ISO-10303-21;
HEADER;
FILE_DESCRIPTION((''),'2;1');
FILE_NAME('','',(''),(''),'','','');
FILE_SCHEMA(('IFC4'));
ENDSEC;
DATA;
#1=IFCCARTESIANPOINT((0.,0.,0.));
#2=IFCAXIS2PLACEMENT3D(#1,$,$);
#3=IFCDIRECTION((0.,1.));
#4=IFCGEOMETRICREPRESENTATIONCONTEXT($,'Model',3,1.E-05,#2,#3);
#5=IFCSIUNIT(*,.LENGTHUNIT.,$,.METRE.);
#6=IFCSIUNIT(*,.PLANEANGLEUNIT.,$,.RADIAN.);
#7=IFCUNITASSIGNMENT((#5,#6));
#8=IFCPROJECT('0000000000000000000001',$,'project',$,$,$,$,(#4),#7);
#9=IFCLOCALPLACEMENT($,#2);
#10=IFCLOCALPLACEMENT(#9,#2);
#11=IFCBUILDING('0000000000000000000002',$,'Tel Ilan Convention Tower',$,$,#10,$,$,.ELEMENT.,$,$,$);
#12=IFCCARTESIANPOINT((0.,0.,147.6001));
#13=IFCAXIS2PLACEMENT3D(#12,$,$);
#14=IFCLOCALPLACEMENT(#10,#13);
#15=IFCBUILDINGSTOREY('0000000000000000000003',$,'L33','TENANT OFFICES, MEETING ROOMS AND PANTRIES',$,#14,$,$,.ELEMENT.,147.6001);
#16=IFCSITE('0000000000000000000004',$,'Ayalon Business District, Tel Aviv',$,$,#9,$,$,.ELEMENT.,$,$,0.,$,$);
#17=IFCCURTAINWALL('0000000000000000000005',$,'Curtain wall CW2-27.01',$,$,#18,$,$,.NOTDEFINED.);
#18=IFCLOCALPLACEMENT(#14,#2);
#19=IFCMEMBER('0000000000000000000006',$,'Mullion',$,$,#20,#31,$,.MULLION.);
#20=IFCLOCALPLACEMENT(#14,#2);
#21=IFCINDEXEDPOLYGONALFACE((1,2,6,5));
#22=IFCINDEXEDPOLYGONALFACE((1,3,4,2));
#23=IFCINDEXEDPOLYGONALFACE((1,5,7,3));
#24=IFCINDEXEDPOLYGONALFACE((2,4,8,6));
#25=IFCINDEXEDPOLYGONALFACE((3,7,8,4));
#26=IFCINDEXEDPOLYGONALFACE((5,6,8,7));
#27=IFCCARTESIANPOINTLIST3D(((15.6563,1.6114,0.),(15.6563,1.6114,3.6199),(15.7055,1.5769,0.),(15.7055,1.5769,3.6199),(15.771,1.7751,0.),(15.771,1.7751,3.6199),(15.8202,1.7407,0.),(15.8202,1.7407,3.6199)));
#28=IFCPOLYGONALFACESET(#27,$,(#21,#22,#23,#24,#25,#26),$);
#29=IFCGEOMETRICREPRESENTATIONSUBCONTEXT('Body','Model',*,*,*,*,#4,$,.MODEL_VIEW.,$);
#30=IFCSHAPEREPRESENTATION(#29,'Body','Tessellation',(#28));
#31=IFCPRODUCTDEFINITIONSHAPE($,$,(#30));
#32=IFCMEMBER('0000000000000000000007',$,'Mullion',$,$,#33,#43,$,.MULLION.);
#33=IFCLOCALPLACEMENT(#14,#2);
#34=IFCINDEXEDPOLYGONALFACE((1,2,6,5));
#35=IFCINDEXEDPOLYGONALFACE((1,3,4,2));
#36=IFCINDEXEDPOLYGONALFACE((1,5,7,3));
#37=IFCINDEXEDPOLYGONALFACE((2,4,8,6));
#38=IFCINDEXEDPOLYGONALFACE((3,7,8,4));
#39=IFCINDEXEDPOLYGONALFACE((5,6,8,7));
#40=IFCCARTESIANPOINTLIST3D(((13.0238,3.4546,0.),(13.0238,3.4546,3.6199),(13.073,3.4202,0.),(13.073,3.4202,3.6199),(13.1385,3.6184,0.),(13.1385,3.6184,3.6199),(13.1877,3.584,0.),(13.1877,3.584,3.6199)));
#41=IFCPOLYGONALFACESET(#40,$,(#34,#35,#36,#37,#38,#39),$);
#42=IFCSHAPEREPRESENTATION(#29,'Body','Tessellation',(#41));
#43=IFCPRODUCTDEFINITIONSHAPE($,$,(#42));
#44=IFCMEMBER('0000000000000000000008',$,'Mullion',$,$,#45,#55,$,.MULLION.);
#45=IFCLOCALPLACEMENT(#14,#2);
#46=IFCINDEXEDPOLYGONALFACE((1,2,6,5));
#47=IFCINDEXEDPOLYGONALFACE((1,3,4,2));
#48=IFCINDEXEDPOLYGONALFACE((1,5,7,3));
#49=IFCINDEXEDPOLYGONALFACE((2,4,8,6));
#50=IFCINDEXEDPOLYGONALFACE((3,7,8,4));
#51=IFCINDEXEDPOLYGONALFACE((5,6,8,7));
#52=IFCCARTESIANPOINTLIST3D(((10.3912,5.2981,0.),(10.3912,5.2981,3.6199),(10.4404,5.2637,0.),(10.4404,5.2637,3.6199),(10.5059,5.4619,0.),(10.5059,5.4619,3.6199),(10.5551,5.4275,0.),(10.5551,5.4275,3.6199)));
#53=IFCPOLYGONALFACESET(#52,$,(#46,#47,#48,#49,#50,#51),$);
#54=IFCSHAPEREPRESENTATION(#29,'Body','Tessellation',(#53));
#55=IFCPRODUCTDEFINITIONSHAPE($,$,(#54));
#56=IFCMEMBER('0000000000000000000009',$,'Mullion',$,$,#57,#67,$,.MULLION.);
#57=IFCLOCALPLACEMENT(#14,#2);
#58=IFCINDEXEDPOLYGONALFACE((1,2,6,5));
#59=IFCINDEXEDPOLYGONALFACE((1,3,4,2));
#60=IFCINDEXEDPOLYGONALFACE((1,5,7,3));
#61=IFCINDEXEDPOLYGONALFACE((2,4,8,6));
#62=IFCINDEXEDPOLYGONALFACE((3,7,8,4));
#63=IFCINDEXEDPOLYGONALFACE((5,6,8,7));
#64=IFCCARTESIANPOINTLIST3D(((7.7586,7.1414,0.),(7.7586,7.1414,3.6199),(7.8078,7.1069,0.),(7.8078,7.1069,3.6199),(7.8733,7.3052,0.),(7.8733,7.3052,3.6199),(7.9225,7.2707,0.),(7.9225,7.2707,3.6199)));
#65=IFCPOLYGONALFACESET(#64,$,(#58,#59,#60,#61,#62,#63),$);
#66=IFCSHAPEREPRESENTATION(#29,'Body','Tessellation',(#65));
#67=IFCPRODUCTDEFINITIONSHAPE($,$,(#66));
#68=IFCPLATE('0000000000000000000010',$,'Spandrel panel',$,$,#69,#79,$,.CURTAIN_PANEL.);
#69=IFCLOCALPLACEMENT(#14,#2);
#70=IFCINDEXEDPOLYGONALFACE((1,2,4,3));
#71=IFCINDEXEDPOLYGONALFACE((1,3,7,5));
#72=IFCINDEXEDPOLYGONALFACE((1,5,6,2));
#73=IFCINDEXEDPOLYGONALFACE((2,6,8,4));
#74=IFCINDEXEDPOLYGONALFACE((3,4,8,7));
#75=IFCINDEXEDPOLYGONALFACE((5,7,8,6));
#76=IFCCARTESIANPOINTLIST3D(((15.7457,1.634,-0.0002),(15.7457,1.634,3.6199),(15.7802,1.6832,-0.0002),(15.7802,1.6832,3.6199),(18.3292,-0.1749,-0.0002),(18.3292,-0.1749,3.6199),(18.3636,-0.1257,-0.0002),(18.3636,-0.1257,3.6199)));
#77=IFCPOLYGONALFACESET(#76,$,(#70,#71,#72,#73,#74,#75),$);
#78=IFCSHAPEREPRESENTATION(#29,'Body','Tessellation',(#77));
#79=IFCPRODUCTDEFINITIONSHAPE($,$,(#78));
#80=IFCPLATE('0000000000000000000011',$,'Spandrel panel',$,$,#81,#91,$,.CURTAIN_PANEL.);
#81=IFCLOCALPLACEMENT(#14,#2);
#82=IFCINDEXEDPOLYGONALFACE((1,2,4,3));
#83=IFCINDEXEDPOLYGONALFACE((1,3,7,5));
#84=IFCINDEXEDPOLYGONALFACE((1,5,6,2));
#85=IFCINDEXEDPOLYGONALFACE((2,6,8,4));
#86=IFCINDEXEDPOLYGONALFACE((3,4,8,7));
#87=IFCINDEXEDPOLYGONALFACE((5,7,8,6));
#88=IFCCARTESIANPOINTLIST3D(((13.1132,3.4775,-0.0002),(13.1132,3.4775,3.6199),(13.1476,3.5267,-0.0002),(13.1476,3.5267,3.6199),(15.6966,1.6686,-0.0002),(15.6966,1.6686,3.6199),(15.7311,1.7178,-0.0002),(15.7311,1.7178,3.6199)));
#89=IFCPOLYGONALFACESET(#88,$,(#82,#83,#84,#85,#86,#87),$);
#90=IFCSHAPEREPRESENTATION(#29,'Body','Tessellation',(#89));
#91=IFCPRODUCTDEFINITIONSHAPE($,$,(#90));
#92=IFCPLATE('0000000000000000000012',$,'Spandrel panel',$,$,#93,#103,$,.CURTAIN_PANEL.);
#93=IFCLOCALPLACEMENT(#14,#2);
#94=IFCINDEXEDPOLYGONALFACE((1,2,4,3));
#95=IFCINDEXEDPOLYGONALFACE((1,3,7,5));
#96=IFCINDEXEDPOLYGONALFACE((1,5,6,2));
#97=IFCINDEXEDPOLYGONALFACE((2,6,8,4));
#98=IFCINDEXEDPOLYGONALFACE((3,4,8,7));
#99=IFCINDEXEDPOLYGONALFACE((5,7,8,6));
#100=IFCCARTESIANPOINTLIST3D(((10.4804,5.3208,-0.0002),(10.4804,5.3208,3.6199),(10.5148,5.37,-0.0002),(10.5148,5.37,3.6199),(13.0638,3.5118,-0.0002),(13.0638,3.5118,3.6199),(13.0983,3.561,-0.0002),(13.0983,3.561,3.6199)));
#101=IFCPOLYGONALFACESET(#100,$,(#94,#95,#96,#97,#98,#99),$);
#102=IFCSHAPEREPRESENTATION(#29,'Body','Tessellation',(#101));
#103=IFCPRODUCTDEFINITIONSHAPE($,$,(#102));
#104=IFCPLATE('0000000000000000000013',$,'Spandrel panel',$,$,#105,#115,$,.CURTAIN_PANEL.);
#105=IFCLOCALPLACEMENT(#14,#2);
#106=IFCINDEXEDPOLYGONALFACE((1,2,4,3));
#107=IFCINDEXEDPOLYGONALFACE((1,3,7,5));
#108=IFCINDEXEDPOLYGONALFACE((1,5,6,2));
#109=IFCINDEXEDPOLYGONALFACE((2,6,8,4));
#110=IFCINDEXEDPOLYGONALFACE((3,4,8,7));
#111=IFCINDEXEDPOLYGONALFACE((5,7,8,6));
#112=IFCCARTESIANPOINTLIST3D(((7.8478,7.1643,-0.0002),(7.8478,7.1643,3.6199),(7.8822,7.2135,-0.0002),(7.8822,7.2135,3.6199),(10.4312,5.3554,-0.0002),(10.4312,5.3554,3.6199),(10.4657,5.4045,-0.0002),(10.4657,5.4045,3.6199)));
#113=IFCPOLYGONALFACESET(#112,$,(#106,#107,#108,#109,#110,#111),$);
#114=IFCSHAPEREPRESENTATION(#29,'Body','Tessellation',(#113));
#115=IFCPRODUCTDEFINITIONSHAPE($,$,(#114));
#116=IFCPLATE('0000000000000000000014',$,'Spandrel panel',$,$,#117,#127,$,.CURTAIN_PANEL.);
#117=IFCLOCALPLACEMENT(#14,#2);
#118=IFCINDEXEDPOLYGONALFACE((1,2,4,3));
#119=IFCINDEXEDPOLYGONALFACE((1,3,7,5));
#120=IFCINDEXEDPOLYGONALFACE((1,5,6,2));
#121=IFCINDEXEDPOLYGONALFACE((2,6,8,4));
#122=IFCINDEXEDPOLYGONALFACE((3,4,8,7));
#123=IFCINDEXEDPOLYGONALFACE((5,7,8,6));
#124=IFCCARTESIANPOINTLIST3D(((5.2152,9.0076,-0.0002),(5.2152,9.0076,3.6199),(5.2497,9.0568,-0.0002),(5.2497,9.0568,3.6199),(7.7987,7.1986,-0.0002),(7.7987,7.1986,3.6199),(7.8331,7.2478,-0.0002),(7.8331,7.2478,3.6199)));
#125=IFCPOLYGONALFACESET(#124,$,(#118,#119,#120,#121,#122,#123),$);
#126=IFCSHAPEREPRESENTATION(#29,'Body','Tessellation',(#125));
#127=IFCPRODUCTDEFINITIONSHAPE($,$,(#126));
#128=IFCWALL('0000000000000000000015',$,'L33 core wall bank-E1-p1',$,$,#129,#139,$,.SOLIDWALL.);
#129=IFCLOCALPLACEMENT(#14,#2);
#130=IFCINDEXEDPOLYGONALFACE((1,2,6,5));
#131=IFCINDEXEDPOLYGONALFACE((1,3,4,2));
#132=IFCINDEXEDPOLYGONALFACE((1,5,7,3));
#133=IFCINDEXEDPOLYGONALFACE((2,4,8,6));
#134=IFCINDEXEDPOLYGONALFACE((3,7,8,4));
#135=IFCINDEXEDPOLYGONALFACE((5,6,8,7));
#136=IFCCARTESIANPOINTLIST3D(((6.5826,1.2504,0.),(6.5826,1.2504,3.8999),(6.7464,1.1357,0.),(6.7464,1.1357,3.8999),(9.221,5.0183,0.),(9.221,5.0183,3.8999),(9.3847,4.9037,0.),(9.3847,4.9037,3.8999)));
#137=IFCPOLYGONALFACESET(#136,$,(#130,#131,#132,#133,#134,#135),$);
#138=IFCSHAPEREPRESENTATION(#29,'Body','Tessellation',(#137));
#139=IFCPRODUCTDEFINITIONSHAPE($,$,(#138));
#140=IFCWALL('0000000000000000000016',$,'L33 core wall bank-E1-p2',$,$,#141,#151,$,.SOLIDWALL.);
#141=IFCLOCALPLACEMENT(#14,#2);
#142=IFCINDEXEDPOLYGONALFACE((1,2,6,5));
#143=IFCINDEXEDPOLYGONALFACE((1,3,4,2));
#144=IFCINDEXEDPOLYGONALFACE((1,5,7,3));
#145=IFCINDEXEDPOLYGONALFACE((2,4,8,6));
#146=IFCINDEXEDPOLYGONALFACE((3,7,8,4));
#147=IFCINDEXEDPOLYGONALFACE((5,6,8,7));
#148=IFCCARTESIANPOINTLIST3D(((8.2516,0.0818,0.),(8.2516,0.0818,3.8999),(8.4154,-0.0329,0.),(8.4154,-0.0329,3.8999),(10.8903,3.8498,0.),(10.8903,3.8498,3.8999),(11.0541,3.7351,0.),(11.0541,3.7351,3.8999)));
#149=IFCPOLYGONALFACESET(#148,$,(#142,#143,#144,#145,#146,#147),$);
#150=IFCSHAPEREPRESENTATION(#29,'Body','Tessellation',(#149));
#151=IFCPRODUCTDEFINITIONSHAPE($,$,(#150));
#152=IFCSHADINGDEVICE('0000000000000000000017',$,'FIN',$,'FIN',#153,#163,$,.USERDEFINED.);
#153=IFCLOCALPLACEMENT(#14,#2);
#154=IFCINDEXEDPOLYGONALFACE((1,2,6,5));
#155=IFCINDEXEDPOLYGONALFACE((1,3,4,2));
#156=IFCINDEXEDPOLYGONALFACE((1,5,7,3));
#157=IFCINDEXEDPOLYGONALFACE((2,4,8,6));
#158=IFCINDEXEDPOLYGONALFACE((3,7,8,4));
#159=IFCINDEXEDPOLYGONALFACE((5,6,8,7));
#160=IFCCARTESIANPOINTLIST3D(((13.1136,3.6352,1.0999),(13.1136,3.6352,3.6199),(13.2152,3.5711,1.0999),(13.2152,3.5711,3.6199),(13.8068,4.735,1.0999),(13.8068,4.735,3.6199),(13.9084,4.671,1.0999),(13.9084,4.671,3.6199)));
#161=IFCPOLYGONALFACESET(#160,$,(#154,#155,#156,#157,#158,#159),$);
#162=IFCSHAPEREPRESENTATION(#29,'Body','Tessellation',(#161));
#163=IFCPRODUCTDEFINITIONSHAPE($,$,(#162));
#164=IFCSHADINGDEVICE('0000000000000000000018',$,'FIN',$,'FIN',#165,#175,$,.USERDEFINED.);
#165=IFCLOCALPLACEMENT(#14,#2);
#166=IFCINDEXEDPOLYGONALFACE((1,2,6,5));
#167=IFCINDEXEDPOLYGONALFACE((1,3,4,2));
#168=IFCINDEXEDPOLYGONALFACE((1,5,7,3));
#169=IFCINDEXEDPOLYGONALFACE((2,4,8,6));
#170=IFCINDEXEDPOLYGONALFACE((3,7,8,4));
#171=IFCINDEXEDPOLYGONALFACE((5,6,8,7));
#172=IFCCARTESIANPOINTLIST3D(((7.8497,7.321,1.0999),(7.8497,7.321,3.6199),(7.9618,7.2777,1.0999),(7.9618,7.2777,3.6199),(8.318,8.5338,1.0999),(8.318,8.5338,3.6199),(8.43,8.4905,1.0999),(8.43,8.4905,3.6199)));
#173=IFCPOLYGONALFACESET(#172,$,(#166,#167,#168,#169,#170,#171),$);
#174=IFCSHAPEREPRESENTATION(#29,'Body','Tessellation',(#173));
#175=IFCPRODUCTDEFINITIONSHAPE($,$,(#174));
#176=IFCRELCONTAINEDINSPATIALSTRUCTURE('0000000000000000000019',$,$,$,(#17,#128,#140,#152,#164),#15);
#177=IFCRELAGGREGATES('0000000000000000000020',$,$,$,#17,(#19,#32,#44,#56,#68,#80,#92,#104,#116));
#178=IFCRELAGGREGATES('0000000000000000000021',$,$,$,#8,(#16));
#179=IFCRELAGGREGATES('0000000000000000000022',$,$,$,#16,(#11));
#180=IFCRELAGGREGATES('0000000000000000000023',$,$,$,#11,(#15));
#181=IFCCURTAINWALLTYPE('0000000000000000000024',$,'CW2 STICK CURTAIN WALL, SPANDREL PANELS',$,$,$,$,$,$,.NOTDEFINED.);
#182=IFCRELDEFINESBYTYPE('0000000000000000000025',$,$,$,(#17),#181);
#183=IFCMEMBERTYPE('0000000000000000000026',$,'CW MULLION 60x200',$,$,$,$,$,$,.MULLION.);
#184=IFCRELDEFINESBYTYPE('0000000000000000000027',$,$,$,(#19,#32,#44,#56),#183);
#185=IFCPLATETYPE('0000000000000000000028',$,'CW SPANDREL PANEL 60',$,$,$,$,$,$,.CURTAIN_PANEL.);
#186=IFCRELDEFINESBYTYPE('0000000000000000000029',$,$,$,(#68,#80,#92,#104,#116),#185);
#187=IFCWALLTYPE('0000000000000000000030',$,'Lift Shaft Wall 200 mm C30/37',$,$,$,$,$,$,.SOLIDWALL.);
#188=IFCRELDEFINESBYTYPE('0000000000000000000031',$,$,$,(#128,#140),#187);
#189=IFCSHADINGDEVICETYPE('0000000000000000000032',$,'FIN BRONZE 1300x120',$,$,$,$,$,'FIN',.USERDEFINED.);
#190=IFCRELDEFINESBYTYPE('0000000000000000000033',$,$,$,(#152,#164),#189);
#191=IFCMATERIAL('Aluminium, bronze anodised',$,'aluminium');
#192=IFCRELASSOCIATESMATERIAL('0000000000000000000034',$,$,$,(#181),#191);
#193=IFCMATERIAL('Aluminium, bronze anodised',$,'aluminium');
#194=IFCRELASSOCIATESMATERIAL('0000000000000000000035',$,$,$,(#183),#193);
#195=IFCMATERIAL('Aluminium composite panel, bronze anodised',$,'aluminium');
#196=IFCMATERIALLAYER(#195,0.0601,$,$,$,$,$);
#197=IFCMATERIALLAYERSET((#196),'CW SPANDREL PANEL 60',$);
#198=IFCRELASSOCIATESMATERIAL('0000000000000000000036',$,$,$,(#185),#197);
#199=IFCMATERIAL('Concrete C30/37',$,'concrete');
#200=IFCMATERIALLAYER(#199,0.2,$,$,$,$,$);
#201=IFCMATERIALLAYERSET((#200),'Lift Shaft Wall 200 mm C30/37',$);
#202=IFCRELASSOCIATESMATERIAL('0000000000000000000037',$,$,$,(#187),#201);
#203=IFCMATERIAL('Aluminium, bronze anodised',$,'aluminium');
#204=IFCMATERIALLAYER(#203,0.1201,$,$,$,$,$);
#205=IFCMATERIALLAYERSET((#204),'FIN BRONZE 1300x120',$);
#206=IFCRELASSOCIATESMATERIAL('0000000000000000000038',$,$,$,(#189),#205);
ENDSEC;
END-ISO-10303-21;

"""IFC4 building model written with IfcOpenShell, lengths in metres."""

from ifc_helpers import new_model, si_unit, direction, frame, frame_2d, origin, origin_2d, place, context, subcontext, project, spatial, rectangle, extrude, material, layer, layer_set, material_profile, profile_set, type_object, element, aggregate, save


model = new_model("IFC4")

# Units and contexts
model_context = context("Model", 3, precision=1e-05, world=origin(), true_north=direction((0.0, 1.0)))
body_context = subcontext(model_context, "Body", "Model", "MODEL_VIEW")
ifc_project = project(units=[si_unit("LENGTHUNIT", "METRE"), si_unit("PLANEANGLEUNIT", "RADIAN")], contexts=[model_context])

# Site, building, storey
site_placement = place(None, origin())
site = spatial("IfcSite", under=ifc_project, at=site_placement, Name="Ayalon Business District, Tel Aviv", CompositionType="ELEMENT", RefElevation=0.0)
building_placement = place(site_placement, origin())
building = spatial("IfcBuilding", under=site, at=building_placement, Name="Tel Ilan Convention Tower", CompositionType="ELEMENT")
storey_placement = place(building_placement, frame((0.0, 0.0, 147.6001)))
storey = spatial("IfcBuildingStorey", under=building, at=storey_placement, Name="L33", Description="TENANT OFFICES, MEETING ROOMS AND PANTRIES", CompositionType="ELEMENT", Elevation=147.6001)

# Curtain wall, members, plates
ifc_material_1 = material(Name="Aluminium, bronze anodised", Category="aluminium")
curtain_wall_type = type_object("IfcCurtainWallType", Name="CW2 STICK CURTAIN WALL, SPANDREL PANELS", PredefinedType="NOTDEFINED", material=ifc_material_1)
curtain_wall_placement = place(storey_placement, origin())
curtain_wall = element("IfcCurtainWall", 1, at=curtain_wall_placement, inside=storey, type_object=curtain_wall_type, Name="Curtain wall CW2-27.01", PredefinedType="NOTDEFINED")
ifc_material_2 = material(Name="Aluminium, bronze anodised", Category="aluminium")
ifc_material_profile = material_profile(ifc_material_2, rectangle(XDim=0.0601, YDim=0.2, at=origin_2d()), Name="CW MULLION 60x200")
ifc_profile_set = profile_set([ifc_material_profile], Name="Aluminium, bronze anodised")
member_type = type_object("IfcMemberType", Name="CW MULLION 60x200", PredefinedType="MULLION", material=ifc_profile_set)
member_1_placement = place(storey_placement, frame((15.7383, 1.676, 0.0), z_axis=(0.0, 0.0, 1.0), x_axis=(-0.819152, 0.573576, 0.0)))
member_1 = element("IfcMember", 2, at=member_1_placement, type_object=member_type, Name="Mullion", PredefinedType="MULLION", context=body_context, shape_type="SweptSolid", body=[
    extrude(rectangle(XDim=0.0601, YDim=0.2, at=origin_2d()), origin(), (0.0, 0.0, 1.0), 3.6199),
])
member_2_placement = place(storey_placement, frame((13.1057, 3.5193, 0.0), z_axis=(0.0, 0.0, 1.0), x_axis=(-0.819152, 0.573576, 0.0)))
member_2 = element("IfcMember", 3, at=member_2_placement, type_object=member_type, Name="Mullion", PredefinedType="MULLION", context=body_context, shape_type="SweptSolid", body=[
    extrude(rectangle(XDim=0.0601, YDim=0.2, at=origin_2d()), origin(), (0.0, 0.0, 1.0), 3.6199),
])
member_3_placement = place(storey_placement, frame((10.4731, 5.3628, 0.0), z_axis=(0.0, 0.0, 1.0), x_axis=(-0.819152, 0.573576, 0.0)))
member_3 = element("IfcMember", 4, at=member_3_placement, type_object=member_type, Name="Mullion", PredefinedType="MULLION", context=body_context, shape_type="SweptSolid", body=[
    extrude(rectangle(XDim=0.0601, YDim=0.2, at=origin_2d()), origin(), (0.0, 0.0, 1.0), 3.6199),
])
member_4_placement = place(storey_placement, frame((7.8406, 7.2061, 0.0), z_axis=(0.0, 0.0, 1.0), x_axis=(-0.819152, 0.573576, 0.0)))
member_4 = element("IfcMember", 5, at=member_4_placement, type_object=member_type, Name="Mullion", PredefinedType="MULLION", context=body_context, shape_type="SweptSolid", body=[
    extrude(rectangle(XDim=0.0601, YDim=0.2, at=origin_2d()), origin(), (0.0, 0.0, 1.0), 3.6199),
])
ifc_material_3 = material(Name="Aluminium composite panel, bronze anodised", Category="aluminium")
ifc_layer_1 = layer(ifc_material_3, 0.0601)
ifc_layer_set_1 = layer_set([ifc_layer_1], Name="CW SPANDREL PANEL 60")
plate_type = type_object("IfcPlateType", Name="CW SPANDREL PANEL 60", PredefinedType="CURTAIN_PANEL", material=ifc_layer_set_1)
plate_1_placement = place(storey_placement, frame((17.0547, 0.7542, -0.0002), z_axis=(0.0, 0.0, 1.0), x_axis=(-0.819152, 0.573576, 0.0)))
plate_1 = element("IfcPlate", 6, at=plate_1_placement, type_object=plate_type, Name="Spandrel panel", PredefinedType="CURTAIN_PANEL", context=body_context, shape_type="SweptSolid", body=[
    extrude(rectangle(XDim=3.1538, YDim=0.0601, at=origin_2d()), origin(), (0.0, 0.0, 1.0), 3.6201),
])
plate_2_placement = place(storey_placement, frame((14.4221, 2.5977, -0.0002), z_axis=(0.0, 0.0, 1.0), x_axis=(-0.819152, 0.573576, 0.0)))
plate_2 = element("IfcPlate", 7, at=plate_2_placement, type_object=plate_type, Name="Spandrel panel", PredefinedType="CURTAIN_PANEL", context=body_context, shape_type="SweptSolid", body=[
    extrude(rectangle(XDim=3.1538, YDim=0.0601, at=origin_2d()), origin(), (0.0, 0.0, 1.0), 3.6201),
])
plate_3_placement = place(storey_placement, frame((11.7893, 4.4409, -0.0002), z_axis=(0.0, 0.0, 1.0), x_axis=(-0.819152, 0.573576, 0.0)))
plate_3 = element("IfcPlate", 8, at=plate_3_placement, type_object=plate_type, Name="Spandrel panel", PredefinedType="CURTAIN_PANEL", context=body_context, shape_type="SweptSolid", body=[
    extrude(rectangle(XDim=3.1538, YDim=0.0601, at=origin_2d()), origin(), (0.0, 0.0, 1.0), 3.6201),
])
plate_4_placement = place(storey_placement, frame((9.1567, 6.2844, -0.0002), z_axis=(0.0, 0.0, 1.0), x_axis=(-0.819152, 0.573576, 0.0)))
plate_4 = element("IfcPlate", 9, at=plate_4_placement, type_object=plate_type, Name="Spandrel panel", PredefinedType="CURTAIN_PANEL", context=body_context, shape_type="SweptSolid", body=[
    extrude(rectangle(XDim=3.1538, YDim=0.0601, at=origin_2d()), origin(), (0.0, 0.0, 1.0), 3.6201),
])
plate_5_placement = place(storey_placement, frame((6.5242, 8.1277, -0.0002), z_axis=(0.0, 0.0, 1.0), x_axis=(-0.819152, 0.573576, 0.0)))
plate_5 = element("IfcPlate", 10, at=plate_5_placement, type_object=plate_type, Name="Spandrel panel", PredefinedType="CURTAIN_PANEL", context=body_context, shape_type="SweptSolid", body=[
    extrude(rectangle(XDim=3.1538, YDim=0.0601, at=origin_2d()), origin(), (0.0, 0.0, 1.0), 3.6201),
])
aggregate(curtain_wall, [member_1, member_2, member_3, member_4, plate_1, plate_2, plate_3, plate_4, plate_5])

# Walls
ifc_material_4 = material(Name="Concrete C30/37", Category="concrete")
ifc_layer_2 = layer(ifc_material_4, 0.2)
ifc_layer_set_2 = layer_set([ifc_layer_2], Name="Lift Shaft Wall 200 mm C30/37")
wall_type = type_object("IfcWallType", Name="Lift Shaft Wall 200 mm C30/37", PredefinedType="SOLIDWALL", material=ifc_layer_set_2)
wall_1_placement = place(storey_placement, frame((6.6646, 1.1931, 0.0), z_axis=(0.0, 0.0, 1.0), x_axis=(0.573576, 0.819152, 0.0)))
element("IfcWall", 11, at=wall_1_placement, inside=storey, type_object=wall_type, Name="L33 core wall bank-E1-p1", PredefinedType="SOLIDWALL", context=body_context, shape_type="SweptSolid", body=[
    extrude(rectangle(XDim=4.5999, YDim=0.2, at=frame_2d((2.2998, 0.0))), origin(), (0.0, 0.0, 1.0), 3.8999),
])
wall_2_placement = place(storey_placement, frame((8.3335, 0.0244, 0.0), z_axis=(0.0, 0.0, 1.0), x_axis=(0.573612, 0.819127, 0.0)))
element("IfcWall", 12, at=wall_2_placement, inside=storey, type_object=wall_type, Name="L33 core wall bank-E1-p2", PredefinedType="SOLIDWALL", context=body_context, shape_type="SweptSolid", body=[
    extrude(rectangle(XDim=4.6001, YDim=0.2, at=frame_2d((2.3, 0.0))), origin(), (0.0, 0.0, 1.0), 3.8999),
])

# Shading devices
ifc_material_5 = material(Name="Aluminium, bronze anodised", Category="aluminium")
ifc_layer_3 = layer(ifc_material_5, 0.1201)
ifc_layer_set_3 = layer_set([ifc_layer_3], Name="FIN BRONZE 1300x120")
shading_device_type = type_object("IfcShadingDeviceType", Name="FIN BRONZE 1300x120", ElementType="FIN", PredefinedType="USERDEFINED", material=ifc_layer_set_3)
for number, where, z_axis, x_axis, name in (
    (13, (13.511, 4.1531, 1.0999), (0.0, 0.0, 1.0), (0.533204, 0.845986, 0.0), "FIN"),
    (14, (8.1399, 7.9058, 1.0999), (0.0, 0.0, 1.0), (0.360178, 0.932884, 0.0), "FIN"),
):
    element("IfcShadingDevice", number, at=place(storey_placement, frame(where, z_axis=z_axis, x_axis=x_axis)), inside=storey, type_object=shading_device_type, Name=name, ObjectType="FIN", PredefinedType="USERDEFINED", context=body_context, shape_type="SweptSolid", body=[
        extrude(rectangle(XDim=1.3, YDim=0.1201, at=origin_2d()), origin(), (0.0, 0.0, 1.0), 2.52),
    ])

save(model, "model.ifc")
